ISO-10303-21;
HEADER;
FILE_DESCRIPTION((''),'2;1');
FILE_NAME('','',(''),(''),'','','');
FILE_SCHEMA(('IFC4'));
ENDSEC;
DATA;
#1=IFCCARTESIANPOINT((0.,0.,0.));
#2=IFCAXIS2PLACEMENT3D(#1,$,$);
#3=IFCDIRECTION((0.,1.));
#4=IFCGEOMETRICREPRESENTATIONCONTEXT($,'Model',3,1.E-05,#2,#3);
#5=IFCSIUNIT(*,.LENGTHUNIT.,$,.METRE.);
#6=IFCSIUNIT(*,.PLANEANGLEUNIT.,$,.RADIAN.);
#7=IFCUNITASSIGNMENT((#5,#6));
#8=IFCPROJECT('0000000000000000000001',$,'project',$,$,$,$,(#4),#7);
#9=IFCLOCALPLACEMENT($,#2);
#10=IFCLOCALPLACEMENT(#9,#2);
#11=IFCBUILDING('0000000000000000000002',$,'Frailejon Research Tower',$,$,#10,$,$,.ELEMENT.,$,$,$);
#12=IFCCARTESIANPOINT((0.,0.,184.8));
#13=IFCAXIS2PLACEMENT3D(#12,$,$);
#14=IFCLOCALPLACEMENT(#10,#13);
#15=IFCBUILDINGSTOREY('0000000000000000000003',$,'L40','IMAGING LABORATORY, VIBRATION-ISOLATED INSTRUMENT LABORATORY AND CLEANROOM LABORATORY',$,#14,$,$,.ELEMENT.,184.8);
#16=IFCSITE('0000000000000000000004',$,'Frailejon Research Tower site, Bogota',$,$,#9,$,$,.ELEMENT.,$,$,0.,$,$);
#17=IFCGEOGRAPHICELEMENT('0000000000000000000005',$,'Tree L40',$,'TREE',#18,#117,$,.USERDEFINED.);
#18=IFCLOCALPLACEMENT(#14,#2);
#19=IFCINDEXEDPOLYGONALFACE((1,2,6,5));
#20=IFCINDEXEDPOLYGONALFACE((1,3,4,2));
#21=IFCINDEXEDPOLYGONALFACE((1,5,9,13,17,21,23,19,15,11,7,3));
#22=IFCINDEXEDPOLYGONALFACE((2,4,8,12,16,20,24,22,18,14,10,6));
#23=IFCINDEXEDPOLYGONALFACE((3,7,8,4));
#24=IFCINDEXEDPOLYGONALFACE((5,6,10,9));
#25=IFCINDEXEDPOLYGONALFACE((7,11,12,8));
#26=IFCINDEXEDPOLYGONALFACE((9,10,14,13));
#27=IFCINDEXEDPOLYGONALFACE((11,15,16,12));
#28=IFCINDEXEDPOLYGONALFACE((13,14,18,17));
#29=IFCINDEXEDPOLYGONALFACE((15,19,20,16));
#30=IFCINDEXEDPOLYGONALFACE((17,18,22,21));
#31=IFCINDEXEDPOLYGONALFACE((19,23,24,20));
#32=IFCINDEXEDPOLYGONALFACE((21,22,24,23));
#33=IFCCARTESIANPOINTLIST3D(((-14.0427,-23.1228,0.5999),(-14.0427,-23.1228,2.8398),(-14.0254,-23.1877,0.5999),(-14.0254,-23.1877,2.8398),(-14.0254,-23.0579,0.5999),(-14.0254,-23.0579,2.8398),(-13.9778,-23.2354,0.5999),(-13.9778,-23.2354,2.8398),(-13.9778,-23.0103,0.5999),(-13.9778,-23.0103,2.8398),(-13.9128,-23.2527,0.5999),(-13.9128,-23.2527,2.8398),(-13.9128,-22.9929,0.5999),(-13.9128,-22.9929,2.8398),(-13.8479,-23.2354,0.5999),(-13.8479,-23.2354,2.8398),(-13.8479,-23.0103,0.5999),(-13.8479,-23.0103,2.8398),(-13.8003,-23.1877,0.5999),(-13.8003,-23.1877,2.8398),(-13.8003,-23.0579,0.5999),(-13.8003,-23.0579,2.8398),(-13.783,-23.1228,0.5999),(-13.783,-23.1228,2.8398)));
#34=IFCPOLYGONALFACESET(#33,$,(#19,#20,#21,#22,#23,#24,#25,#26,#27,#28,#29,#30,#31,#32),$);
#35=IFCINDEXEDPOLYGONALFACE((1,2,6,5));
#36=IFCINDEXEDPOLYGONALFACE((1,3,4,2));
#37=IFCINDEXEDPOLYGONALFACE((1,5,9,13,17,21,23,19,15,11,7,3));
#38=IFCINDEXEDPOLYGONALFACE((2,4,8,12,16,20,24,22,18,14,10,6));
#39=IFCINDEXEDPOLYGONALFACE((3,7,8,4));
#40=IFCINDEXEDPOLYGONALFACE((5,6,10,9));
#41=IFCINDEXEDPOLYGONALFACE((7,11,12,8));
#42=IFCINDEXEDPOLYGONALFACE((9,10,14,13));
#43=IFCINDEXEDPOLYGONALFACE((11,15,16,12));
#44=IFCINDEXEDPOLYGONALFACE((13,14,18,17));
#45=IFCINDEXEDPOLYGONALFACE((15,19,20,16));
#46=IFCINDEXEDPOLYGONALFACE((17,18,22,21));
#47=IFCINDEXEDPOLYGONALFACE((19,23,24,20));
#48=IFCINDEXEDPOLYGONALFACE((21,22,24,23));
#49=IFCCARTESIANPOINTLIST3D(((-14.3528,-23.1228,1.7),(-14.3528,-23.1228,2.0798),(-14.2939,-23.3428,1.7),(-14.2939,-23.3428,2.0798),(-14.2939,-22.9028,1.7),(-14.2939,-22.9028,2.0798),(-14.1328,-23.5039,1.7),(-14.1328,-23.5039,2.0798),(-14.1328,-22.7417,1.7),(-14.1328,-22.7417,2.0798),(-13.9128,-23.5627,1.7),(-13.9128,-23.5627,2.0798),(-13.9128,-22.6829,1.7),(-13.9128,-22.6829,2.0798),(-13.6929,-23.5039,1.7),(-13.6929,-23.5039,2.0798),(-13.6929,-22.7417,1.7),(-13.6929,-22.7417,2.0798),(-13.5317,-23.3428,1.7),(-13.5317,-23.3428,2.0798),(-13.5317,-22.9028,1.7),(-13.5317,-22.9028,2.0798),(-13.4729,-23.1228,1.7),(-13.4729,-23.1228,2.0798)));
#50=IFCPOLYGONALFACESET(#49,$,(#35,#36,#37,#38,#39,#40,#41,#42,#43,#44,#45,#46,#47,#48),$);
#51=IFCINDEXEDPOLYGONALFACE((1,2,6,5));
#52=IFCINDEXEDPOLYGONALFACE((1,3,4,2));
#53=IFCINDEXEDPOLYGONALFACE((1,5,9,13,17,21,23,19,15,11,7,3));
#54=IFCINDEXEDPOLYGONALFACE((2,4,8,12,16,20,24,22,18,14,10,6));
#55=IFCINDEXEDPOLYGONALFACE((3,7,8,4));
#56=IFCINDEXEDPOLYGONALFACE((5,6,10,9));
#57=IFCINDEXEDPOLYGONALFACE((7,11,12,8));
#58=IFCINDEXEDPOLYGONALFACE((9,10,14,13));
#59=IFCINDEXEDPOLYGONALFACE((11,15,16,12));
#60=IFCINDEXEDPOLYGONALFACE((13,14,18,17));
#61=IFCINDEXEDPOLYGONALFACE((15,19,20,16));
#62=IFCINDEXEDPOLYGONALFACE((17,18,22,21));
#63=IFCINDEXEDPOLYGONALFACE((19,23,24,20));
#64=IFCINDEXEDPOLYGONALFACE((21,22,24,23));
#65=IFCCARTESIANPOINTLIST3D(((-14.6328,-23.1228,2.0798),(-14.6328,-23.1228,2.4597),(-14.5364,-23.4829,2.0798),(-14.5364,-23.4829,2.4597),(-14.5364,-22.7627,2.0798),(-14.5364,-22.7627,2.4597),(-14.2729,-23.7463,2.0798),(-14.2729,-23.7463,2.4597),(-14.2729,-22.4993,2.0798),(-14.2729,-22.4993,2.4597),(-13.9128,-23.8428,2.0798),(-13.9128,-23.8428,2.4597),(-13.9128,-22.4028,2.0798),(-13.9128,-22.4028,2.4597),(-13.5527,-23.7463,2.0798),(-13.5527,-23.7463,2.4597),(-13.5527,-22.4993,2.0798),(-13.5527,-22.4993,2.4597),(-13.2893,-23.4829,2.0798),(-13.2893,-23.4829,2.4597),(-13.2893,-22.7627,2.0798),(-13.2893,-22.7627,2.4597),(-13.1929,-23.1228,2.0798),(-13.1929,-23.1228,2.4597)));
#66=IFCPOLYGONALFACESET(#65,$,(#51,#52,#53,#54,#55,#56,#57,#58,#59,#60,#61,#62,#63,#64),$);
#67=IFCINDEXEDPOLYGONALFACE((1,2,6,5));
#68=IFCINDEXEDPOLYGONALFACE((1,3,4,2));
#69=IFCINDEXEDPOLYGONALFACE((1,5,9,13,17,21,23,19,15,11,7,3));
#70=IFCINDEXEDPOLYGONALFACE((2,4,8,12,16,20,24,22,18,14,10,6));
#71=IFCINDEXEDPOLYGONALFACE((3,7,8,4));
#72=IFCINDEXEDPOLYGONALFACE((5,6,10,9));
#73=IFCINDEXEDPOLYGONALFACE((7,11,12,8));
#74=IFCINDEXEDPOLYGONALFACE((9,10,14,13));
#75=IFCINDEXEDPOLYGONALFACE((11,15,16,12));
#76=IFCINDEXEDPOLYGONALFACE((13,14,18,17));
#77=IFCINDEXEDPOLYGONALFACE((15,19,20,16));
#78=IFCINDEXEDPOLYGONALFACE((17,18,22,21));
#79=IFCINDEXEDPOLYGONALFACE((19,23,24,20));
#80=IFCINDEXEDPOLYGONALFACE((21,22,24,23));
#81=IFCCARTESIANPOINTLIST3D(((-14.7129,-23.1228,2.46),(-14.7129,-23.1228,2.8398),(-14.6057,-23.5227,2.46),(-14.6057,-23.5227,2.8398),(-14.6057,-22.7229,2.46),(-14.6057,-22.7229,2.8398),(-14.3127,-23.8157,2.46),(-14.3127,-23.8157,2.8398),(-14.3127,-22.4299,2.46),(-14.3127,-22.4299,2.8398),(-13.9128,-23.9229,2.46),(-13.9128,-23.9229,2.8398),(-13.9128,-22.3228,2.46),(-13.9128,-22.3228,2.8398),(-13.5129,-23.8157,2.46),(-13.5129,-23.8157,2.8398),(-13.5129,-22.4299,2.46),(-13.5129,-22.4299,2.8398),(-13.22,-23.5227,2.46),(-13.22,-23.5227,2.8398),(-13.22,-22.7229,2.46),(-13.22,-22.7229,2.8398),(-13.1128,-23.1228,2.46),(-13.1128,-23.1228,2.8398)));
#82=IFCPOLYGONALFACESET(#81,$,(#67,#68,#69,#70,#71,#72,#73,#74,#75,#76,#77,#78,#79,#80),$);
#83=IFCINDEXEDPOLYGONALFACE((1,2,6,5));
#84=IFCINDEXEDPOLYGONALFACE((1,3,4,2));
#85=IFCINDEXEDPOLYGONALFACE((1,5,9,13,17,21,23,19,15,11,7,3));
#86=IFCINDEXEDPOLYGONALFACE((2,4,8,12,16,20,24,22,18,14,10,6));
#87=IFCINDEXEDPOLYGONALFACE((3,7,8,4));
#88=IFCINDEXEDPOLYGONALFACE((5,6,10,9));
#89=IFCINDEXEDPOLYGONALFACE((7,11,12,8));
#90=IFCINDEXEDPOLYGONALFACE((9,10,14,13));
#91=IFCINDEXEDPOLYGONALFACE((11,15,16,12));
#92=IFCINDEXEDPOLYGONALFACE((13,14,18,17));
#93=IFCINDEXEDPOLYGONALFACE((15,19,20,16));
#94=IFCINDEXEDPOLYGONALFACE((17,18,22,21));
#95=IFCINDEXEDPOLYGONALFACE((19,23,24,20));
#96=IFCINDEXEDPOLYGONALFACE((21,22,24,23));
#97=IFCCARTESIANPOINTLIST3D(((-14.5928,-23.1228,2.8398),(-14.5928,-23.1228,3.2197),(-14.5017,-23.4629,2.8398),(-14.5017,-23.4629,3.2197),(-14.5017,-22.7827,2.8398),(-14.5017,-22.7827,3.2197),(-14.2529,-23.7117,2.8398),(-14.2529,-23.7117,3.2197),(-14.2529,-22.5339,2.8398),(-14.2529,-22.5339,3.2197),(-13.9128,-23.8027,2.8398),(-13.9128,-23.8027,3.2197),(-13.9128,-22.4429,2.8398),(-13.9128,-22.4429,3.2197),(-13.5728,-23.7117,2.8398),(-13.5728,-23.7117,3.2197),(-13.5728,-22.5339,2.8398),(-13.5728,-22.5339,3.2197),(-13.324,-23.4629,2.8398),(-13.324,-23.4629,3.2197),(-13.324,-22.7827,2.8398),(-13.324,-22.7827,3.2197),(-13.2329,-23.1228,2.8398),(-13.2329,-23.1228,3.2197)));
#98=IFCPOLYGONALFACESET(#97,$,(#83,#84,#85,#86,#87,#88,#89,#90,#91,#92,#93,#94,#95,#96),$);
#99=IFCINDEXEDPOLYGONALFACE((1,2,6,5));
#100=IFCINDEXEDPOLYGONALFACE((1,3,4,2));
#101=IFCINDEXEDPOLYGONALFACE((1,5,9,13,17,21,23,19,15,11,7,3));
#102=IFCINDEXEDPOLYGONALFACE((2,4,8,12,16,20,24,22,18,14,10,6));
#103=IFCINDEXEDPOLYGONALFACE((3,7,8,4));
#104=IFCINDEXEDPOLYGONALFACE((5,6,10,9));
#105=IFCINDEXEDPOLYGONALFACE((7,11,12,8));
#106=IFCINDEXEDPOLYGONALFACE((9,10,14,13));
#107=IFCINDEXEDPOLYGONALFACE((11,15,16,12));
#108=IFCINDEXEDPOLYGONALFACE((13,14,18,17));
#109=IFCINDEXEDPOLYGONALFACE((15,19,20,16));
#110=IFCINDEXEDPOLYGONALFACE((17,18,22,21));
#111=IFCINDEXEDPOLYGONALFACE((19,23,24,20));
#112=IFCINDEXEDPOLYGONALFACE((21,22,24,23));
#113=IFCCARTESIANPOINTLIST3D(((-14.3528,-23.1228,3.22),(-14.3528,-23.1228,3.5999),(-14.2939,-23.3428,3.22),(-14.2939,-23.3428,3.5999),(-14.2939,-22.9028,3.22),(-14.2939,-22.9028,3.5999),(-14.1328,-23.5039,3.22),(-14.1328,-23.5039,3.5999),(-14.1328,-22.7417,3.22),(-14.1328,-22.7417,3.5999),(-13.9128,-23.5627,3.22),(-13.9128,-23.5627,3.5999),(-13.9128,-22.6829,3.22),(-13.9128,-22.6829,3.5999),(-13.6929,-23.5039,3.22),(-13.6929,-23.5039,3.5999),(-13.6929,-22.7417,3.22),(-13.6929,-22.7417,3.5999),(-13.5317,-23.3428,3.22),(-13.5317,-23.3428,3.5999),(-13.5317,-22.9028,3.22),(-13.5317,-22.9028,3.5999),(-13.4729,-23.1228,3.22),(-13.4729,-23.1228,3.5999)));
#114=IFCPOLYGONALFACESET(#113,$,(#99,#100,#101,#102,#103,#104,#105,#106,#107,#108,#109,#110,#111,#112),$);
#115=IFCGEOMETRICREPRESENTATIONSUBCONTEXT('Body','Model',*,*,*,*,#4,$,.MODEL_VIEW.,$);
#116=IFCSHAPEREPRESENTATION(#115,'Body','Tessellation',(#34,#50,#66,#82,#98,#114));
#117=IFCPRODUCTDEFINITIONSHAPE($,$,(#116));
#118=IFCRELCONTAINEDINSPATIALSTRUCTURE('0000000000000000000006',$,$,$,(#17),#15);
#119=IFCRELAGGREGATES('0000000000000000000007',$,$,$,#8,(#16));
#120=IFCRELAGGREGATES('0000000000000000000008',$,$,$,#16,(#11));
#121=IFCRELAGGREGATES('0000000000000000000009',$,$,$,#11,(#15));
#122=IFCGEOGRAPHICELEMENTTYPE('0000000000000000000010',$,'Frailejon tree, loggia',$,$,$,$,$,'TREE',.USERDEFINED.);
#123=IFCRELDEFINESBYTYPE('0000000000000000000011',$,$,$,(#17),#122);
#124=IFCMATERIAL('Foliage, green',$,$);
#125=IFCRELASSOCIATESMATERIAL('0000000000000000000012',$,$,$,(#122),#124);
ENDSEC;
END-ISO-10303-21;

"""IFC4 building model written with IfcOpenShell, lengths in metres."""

from ifc_helpers import new_model, si_unit, direction, frame, origin, place, context, subcontext, project, spatial, polyline, outline, extrude, material, type_object, element, save


model = new_model("IFC4")

# Units and contexts
model_context = context("Model", 3, precision=1e-05, world=origin(), true_north=direction((0.0, 1.0)))
body_context = subcontext(model_context, "Body", "Model", "MODEL_VIEW")
ifc_project = project(units=[si_unit("LENGTHUNIT", "METRE"), si_unit("PLANEANGLEUNIT", "RADIAN")], contexts=[model_context])

# Site, building, storey
site_placement = place(None, origin())
site = spatial("IfcSite", under=ifc_project, at=site_placement, Name="Frailejon Research Tower site, Bogota", CompositionType="ELEMENT", RefElevation=0.0)
building_placement = place(site_placement, origin())
building = spatial("IfcBuilding", under=site, at=building_placement, Name="Frailejon Research Tower", CompositionType="ELEMENT")
storey_placement = place(building_placement, frame((0.0, 0.0, 184.8)))
storey = spatial("IfcBuildingStorey", under=building, at=storey_placement, Name="L40", Description="IMAGING LABORATORY, VIBRATION-ISOLATED INSTRUMENT LABORATORY AND CLEANROOM LABORATORY", CompositionType="ELEMENT", Elevation=184.8)

# Geographic element
ifc_material_1 = material(Name="Foliage, green")
geographic_element_type = type_object("IfcGeographicElementType", Name="Frailejon tree, loggia", ElementType="TREE", PredefinedType="USERDEFINED", material=ifc_material_1)
geographic_element_placement = place(storey_placement, frame((-13.9128, -23.1228, 0.5999)))
element("IfcGeographicElement", 1, at=geographic_element_placement, inside=storey, type_object=geographic_element_type, Name="Tree L40", ObjectType="TREE", PredefinedType="USERDEFINED", context=body_context, shape_type="SweptSolid", body=[
    extrude(outline(polyline([(0.1299, 0.0), (0.1125, 0.0649), (0.0649, 0.1125), (0.0, 0.1299), (-0.0649, 0.1125), (-0.1125, 0.0649), (-0.1299, 0.0), (-0.1125, -0.0649), (-0.0649, -0.1125), (0.0, -0.1299), (0.0649, -0.1125), (0.1125, -0.0649), (0.1299, 0.0)])), origin(), (0.0, 0.0, 1.0), 2.24),
    extrude(outline(polyline([(0.4399, 0.0), (0.3811, 0.22), (0.22, 0.3811), (0.0, 0.4399), (-0.22, 0.3811), (-0.3811, 0.22), (-0.4399, 0.0), (-0.3811, -0.22), (-0.22, -0.3811), (0.0, -0.4399), (0.22, -0.3811), (0.3811, -0.22), (0.4399, 0.0)])), frame((0.0, 0.0, 1.1001)), (0.0, 0.0, 1.0), 0.3799),
    extrude(outline(polyline([(0.72, 0.0), (0.6235, 0.3601), (0.3601, 0.6235), (0.0, 0.72), (-0.3601, 0.6235), (-0.6235, 0.3601), (-0.72, 0.0), (-0.6235, -0.3601), (-0.3601, -0.6235), (0.0, -0.72), (0.3601, -0.6235), (0.6235, -0.3601), (0.72, 0.0)])), frame((0.0, 0.0, 1.48)), (0.0, 0.0, 1.0), 0.3799),
    extrude(outline(polyline([(0.8, 0.0), (0.6929, 0.3999), (0.3999, 0.6929), (0.0, 0.8), (-0.3999, 0.6929), (-0.6929, 0.3999), (-0.8, 0.0), (-0.6929, -0.3999), (-0.3999, -0.6929), (0.0, -0.8), (0.3999, -0.6929), (0.6929, -0.3999), (0.8, 0.0)])), frame((0.0, 0.0, 1.8601)), (0.0, 0.0, 1.0), 0.3799),
    extrude(outline(polyline([(0.6799, 0.0), (0.5889, 0.3401), (0.3401, 0.5889), (0.0, 0.6799), (-0.3401, 0.5889), (-0.5889, 0.3401), (-0.6799, 0.0), (-0.5889, -0.3401), (-0.3401, -0.5889), (0.0, -0.6799), (0.3401, -0.5889), (0.5889, -0.3401), (0.6799, 0.0)])), frame((0.0, 0.0, 2.24)), (0.0, 0.0, 1.0), 0.3799),
    extrude(outline(polyline([(0.4399, 0.0), (0.3811, 0.22), (0.22, 0.3811), (0.0, 0.4399), (-0.22, 0.3811), (-0.3811, 0.22), (-0.4399, 0.0), (-0.3811, -0.22), (-0.22, -0.3811), (0.0, -0.4399), (0.22, -0.3811), (0.3811, -0.22), (0.4399, 0.0)])), frame((0.0, 0.0, 2.6201)), (0.0, 0.0, 1.0), 0.3799),
])

save(model, "model.ifc")
